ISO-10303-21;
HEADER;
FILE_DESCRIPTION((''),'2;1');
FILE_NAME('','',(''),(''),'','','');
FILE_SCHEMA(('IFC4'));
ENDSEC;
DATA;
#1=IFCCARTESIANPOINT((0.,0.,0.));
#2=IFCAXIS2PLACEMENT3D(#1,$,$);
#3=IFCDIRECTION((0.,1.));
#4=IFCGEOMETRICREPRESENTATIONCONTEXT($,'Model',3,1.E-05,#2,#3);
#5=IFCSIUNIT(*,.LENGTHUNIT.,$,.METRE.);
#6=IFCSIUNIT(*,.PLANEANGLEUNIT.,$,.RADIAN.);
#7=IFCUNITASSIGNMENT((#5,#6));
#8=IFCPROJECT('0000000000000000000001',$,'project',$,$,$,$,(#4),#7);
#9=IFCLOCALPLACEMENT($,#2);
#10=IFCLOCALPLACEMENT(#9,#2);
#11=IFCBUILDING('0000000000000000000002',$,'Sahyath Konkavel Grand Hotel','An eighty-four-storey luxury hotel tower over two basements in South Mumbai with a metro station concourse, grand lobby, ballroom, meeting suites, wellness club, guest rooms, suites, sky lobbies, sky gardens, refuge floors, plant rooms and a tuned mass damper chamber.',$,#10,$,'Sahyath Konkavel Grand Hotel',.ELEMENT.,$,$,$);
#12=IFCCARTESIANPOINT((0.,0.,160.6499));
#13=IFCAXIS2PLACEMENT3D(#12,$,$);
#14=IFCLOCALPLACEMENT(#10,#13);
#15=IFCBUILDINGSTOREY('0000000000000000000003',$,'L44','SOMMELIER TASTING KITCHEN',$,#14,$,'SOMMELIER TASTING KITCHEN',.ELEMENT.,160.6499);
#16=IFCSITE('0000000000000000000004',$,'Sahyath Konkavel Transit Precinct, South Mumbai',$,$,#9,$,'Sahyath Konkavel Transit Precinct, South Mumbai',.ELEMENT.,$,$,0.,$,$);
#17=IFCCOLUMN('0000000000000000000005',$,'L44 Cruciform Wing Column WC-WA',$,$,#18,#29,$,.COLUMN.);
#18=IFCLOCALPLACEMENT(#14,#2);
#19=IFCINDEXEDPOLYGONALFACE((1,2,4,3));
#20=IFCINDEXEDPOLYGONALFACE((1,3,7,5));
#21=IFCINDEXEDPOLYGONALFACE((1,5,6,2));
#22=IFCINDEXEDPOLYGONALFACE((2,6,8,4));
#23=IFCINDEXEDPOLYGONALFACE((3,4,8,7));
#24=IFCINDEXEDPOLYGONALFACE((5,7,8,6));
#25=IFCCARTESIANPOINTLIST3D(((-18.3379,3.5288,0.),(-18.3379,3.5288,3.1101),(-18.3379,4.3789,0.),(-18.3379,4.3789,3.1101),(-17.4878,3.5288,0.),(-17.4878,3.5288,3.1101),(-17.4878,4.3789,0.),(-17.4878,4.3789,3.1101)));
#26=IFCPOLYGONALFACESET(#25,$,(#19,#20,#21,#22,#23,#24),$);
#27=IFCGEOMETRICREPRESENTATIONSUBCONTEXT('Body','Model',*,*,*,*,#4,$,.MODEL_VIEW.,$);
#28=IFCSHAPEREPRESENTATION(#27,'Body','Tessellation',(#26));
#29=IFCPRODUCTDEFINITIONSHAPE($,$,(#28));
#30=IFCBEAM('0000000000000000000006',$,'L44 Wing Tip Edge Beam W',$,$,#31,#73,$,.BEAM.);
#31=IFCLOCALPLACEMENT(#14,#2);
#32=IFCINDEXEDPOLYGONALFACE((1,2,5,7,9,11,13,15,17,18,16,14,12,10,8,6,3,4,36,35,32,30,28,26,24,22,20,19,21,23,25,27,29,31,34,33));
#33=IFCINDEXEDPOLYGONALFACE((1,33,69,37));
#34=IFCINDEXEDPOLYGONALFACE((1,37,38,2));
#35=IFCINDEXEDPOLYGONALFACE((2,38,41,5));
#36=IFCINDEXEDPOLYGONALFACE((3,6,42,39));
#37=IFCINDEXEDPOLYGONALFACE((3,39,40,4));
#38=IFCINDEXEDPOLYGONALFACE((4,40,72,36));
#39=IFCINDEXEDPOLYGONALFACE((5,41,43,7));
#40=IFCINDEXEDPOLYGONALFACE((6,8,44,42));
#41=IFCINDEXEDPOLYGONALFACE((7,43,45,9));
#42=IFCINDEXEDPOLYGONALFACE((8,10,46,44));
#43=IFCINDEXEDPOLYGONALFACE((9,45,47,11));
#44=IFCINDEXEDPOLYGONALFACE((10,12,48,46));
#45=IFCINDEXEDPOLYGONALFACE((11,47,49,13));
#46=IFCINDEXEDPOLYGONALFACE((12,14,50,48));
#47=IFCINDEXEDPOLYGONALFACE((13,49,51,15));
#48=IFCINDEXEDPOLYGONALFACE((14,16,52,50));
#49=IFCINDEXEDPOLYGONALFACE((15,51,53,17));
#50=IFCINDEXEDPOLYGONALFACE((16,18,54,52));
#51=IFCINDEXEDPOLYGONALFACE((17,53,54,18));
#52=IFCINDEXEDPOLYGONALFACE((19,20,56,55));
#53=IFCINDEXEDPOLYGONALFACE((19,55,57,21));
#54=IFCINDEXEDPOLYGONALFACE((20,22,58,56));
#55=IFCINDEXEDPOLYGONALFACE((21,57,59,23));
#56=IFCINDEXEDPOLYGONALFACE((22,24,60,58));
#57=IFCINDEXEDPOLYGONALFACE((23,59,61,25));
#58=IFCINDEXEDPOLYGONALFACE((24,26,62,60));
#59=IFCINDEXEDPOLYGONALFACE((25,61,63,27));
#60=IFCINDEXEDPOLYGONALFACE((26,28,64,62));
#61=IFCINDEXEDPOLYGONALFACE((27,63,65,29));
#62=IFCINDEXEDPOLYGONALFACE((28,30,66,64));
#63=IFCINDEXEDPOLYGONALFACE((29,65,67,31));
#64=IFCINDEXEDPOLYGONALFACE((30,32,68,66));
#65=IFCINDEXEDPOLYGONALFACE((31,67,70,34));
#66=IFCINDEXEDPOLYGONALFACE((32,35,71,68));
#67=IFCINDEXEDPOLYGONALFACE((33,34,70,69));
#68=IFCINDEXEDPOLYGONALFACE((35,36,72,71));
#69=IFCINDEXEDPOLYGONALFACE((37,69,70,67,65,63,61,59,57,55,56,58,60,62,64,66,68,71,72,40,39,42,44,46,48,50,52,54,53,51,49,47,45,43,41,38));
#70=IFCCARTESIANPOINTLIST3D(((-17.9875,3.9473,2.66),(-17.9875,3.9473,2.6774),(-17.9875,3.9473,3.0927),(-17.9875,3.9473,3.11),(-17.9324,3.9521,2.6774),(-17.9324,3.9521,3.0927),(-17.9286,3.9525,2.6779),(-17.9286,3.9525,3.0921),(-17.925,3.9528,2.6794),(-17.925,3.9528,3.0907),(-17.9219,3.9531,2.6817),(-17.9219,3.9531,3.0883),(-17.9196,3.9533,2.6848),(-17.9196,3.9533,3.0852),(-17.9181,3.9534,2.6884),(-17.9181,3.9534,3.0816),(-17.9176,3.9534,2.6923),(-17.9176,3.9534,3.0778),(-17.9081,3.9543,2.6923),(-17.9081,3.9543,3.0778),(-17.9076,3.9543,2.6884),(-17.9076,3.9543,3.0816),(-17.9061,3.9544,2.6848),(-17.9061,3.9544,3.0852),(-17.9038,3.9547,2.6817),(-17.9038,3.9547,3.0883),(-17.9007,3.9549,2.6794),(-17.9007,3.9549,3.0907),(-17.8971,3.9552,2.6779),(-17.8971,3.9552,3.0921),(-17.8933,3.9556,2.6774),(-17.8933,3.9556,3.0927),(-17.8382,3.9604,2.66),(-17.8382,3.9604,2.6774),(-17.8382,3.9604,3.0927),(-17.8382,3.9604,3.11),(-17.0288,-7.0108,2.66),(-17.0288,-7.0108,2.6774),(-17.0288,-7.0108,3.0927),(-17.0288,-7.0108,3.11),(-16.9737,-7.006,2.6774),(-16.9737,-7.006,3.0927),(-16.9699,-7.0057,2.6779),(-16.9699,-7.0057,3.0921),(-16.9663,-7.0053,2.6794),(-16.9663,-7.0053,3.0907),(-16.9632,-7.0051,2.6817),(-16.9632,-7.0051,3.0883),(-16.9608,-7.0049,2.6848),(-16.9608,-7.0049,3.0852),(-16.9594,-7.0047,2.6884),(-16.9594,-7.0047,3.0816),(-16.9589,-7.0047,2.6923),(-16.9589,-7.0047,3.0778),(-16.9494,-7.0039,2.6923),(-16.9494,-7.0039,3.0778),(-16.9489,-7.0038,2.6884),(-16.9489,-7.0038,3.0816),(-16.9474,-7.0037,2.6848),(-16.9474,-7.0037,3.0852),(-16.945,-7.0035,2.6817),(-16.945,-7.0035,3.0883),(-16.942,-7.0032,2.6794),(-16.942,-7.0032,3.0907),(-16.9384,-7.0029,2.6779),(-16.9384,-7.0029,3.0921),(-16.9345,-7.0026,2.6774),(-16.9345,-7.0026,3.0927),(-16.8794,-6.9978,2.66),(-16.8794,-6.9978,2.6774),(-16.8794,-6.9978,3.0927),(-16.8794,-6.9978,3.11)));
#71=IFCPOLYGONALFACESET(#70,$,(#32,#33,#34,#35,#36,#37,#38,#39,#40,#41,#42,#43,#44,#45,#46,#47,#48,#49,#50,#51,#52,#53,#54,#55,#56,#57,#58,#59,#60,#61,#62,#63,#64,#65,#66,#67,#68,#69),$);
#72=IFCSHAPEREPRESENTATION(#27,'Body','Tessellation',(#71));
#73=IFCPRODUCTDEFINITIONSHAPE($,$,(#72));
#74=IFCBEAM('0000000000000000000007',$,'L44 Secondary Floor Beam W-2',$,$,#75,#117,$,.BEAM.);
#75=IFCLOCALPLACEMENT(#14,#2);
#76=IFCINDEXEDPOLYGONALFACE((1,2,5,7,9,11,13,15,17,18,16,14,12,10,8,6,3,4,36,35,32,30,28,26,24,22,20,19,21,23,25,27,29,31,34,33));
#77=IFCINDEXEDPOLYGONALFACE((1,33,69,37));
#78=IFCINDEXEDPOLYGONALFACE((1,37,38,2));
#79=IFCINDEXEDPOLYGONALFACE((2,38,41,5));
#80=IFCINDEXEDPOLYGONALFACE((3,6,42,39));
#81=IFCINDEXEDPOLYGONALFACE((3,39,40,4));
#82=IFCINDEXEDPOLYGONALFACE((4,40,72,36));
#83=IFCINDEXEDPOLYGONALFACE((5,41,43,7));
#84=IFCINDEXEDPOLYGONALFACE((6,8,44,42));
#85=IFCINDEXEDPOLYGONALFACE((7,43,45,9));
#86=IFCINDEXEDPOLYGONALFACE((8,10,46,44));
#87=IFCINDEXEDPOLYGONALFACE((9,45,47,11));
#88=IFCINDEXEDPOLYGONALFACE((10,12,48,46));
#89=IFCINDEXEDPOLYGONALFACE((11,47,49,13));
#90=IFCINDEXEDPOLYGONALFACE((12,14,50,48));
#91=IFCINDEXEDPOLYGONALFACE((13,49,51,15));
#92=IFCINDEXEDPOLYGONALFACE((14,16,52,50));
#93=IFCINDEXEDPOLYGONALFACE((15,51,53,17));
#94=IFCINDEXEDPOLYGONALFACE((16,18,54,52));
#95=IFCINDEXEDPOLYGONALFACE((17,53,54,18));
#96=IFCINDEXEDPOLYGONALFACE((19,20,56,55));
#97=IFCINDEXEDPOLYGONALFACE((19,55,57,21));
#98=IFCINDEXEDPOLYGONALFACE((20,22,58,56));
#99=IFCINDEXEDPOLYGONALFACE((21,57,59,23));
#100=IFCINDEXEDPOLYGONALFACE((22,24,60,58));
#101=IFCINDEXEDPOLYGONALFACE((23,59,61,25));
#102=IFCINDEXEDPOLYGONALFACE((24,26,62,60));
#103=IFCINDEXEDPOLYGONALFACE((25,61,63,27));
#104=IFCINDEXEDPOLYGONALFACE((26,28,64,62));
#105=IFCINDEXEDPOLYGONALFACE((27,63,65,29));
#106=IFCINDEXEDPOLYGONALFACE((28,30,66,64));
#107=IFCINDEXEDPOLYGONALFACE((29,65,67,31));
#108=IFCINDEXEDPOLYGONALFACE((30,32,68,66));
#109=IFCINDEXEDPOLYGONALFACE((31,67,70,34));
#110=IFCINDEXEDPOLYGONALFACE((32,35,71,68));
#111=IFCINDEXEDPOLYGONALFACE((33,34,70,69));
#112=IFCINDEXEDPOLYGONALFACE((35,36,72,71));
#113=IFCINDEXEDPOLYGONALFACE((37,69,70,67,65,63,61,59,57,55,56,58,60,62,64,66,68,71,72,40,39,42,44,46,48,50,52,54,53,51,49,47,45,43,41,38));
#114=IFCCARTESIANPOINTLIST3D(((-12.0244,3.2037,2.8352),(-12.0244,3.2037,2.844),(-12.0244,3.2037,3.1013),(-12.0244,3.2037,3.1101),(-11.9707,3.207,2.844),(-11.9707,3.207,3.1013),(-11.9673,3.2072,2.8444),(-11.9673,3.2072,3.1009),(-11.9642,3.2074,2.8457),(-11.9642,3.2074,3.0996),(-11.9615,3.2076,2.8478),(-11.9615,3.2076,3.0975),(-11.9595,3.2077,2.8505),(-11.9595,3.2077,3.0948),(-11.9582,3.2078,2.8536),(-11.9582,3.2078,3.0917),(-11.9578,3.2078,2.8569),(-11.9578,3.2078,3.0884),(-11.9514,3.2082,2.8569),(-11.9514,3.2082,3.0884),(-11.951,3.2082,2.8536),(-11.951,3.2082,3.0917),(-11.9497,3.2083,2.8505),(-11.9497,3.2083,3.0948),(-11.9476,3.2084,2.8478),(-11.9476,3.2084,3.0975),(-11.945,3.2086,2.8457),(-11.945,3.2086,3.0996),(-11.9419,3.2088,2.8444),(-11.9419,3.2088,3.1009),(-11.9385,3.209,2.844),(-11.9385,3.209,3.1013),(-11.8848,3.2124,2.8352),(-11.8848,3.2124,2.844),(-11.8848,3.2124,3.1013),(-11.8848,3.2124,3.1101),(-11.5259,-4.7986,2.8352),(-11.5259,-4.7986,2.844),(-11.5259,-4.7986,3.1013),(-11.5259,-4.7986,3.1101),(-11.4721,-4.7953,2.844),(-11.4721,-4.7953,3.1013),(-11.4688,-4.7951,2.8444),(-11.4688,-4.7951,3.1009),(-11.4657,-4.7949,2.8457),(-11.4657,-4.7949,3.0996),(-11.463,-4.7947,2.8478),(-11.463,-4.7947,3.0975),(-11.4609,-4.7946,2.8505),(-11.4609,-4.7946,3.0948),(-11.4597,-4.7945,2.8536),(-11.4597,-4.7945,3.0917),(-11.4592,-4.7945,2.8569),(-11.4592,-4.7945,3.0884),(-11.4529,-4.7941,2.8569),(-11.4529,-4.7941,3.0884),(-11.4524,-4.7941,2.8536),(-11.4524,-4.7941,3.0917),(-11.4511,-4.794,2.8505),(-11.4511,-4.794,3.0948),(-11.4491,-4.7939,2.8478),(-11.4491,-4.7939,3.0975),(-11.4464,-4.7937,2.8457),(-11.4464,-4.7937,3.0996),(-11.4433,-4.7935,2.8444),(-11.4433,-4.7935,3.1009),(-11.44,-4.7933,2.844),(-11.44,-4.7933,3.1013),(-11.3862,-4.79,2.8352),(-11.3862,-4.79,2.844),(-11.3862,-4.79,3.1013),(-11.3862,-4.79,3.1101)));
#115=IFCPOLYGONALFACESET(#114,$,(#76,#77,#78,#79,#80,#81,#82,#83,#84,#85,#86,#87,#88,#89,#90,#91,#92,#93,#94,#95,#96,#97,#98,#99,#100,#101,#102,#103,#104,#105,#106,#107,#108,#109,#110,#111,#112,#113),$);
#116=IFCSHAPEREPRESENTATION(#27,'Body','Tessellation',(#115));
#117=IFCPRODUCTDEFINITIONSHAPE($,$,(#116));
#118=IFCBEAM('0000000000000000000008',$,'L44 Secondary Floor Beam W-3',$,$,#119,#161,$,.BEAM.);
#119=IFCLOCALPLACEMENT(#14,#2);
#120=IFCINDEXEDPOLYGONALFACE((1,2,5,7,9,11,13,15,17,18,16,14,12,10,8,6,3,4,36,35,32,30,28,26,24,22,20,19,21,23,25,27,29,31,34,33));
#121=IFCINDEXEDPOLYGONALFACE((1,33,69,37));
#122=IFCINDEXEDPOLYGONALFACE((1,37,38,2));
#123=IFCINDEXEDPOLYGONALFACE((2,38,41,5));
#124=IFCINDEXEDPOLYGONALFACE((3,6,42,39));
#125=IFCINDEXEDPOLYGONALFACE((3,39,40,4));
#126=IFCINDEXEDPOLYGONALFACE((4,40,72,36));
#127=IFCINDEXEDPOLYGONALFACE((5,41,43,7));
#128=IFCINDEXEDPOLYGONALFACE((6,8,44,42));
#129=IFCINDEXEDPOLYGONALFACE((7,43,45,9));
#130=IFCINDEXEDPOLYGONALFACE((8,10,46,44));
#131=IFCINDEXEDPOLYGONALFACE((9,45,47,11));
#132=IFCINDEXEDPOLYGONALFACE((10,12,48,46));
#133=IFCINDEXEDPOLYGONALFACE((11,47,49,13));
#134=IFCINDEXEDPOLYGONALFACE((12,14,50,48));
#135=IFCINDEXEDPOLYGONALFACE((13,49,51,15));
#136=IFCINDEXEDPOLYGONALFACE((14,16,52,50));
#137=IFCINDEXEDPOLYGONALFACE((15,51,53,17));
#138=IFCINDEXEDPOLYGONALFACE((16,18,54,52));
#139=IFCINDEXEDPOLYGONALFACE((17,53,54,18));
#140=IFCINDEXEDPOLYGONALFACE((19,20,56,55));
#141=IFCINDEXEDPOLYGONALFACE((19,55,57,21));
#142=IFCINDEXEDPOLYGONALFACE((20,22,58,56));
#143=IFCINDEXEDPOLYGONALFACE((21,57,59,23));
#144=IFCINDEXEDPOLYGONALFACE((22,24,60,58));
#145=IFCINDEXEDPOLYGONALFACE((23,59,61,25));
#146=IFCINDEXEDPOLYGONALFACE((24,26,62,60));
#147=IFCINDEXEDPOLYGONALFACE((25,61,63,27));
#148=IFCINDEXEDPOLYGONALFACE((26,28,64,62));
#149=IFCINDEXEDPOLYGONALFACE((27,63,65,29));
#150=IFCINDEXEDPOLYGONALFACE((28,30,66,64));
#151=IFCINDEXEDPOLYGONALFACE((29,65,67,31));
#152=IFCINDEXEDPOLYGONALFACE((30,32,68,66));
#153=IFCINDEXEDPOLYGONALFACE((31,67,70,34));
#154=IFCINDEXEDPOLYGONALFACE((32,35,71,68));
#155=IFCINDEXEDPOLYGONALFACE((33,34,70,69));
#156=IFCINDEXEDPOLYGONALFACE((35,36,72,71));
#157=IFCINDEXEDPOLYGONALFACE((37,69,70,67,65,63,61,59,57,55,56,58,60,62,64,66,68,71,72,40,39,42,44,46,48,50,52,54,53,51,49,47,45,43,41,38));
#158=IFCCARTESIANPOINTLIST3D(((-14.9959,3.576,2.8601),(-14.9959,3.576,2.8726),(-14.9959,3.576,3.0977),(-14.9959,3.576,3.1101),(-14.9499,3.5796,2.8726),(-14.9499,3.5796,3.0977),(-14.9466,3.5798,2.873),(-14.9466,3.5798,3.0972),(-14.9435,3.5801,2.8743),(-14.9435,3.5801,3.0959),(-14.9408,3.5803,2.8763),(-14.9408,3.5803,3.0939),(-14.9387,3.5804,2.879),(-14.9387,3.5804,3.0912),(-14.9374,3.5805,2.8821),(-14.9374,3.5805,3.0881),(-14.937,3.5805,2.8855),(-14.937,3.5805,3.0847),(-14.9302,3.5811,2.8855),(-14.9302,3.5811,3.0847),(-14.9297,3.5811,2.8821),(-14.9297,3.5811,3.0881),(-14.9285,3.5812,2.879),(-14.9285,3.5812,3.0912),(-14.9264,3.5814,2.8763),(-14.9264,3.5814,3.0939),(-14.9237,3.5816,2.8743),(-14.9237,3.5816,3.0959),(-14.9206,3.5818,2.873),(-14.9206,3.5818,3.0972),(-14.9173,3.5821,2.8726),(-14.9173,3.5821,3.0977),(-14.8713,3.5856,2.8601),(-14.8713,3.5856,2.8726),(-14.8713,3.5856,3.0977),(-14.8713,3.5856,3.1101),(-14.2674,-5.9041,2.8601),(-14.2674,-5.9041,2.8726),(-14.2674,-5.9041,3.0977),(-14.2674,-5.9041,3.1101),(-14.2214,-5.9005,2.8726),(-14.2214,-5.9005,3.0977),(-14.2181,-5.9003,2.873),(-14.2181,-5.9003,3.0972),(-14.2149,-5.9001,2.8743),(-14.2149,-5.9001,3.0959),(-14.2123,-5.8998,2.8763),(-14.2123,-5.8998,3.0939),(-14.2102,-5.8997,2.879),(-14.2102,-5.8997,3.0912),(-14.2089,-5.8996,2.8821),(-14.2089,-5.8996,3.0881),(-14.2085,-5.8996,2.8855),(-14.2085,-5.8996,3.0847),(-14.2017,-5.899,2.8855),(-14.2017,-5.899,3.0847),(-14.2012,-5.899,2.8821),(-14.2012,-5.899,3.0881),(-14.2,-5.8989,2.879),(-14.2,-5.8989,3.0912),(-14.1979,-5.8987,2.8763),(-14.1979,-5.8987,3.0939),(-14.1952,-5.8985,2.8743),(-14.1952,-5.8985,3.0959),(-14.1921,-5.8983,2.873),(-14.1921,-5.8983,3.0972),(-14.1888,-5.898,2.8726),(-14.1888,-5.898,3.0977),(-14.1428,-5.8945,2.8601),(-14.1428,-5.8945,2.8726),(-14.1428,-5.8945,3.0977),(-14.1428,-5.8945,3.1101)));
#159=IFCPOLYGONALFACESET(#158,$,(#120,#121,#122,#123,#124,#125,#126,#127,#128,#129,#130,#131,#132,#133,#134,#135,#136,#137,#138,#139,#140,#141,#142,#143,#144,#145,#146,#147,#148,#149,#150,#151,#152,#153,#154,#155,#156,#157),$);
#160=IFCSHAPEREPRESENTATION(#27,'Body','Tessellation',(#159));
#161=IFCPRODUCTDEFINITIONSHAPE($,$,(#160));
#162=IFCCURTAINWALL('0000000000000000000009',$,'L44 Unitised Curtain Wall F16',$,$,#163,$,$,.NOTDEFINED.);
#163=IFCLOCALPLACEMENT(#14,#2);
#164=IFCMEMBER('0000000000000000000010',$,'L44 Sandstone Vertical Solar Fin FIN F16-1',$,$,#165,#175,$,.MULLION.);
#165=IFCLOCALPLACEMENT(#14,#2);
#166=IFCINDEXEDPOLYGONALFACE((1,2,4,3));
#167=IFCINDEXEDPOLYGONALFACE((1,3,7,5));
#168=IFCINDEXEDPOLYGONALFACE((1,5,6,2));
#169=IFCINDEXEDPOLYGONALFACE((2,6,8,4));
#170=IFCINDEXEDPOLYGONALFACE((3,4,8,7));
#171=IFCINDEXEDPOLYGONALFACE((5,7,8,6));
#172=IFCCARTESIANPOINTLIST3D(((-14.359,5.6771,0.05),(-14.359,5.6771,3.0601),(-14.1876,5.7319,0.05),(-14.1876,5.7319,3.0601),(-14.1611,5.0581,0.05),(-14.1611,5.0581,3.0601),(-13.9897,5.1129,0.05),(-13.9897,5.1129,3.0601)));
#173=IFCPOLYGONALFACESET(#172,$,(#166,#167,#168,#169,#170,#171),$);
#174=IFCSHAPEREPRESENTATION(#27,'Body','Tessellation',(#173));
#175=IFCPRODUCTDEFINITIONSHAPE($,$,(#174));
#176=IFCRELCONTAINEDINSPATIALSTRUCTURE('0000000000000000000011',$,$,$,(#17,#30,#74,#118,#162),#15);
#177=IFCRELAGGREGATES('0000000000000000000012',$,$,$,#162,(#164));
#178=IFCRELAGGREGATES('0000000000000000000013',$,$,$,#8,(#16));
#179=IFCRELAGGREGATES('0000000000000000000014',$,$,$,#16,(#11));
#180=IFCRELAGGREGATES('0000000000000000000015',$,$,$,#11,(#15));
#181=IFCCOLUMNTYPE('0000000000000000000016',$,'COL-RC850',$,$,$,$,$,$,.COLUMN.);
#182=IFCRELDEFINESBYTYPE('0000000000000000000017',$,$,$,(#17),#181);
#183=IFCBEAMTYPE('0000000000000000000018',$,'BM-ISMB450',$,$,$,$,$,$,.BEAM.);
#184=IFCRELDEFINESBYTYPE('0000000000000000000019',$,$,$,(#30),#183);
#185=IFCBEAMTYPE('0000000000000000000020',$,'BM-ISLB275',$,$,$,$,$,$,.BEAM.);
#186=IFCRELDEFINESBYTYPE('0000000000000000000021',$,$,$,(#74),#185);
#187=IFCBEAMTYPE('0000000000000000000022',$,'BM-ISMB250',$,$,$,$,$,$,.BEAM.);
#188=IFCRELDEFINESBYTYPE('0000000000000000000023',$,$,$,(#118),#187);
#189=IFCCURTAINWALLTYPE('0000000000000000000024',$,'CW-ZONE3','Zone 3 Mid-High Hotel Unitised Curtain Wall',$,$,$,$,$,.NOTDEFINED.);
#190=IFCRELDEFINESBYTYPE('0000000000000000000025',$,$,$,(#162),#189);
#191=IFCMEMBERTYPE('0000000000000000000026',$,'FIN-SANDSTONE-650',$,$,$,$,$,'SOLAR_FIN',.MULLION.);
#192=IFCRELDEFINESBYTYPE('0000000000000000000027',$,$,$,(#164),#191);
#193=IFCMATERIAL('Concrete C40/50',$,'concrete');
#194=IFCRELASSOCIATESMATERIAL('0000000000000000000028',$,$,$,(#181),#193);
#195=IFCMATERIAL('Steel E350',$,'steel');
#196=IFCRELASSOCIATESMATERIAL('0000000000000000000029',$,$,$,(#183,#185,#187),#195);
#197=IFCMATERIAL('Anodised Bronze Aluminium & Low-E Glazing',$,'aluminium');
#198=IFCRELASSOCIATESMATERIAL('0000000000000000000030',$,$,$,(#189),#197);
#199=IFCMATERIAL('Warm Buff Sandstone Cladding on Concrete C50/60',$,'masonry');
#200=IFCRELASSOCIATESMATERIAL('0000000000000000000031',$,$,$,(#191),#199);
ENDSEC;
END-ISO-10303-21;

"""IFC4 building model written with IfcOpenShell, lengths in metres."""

from ifc_helpers import new_model, si_unit, direction, frame, origin, origin_2d, place, context, subcontext, project, spatial, rectangle, i_section, extrude, source, transform, mapped, material, material_profile, profile_set, type_object, element, aggregate, save


model = new_model("IFC4")

# Units and contexts
model_context = context("Model", 3, precision=1e-05, world=origin(), true_north=direction((0.0, 1.0)))
body_context = subcontext(model_context, "Body", "Model", "MODEL_VIEW")
ifc_project = project(units=[si_unit("LENGTHUNIT", "METRE"), si_unit("PLANEANGLEUNIT", "RADIAN")], contexts=[model_context])

# Site, building, storey
site_placement = place(None, origin())
site = spatial("IfcSite", under=ifc_project, at=site_placement, Name="Sahyath Konkavel Transit Precinct, South Mumbai", LongName="Sahyath Konkavel Transit Precinct, South Mumbai", CompositionType="ELEMENT", RefElevation=0.0)
building_placement = place(site_placement, origin())
building = spatial("IfcBuilding", under=site, at=building_placement, Name="Sahyath Konkavel Grand Hotel", Description="An eighty-four-storey luxury hotel tower over two basements in South Mumbai with a metro station concourse, grand lobby, ballroom, meeting suites, wellness club, guest rooms, suites, sky lobbies, sky gardens, refuge floors, plant rooms and a tuned mass damper chamber.", LongName="Sahyath Konkavel Grand Hotel", CompositionType="ELEMENT")
storey_placement = place(building_placement, frame((0.0, 0.0, 160.6499)))
storey = spatial("IfcBuildingStorey", under=building, at=storey_placement, Name="L44", Description="SOMMELIER TASTING KITCHEN", LongName="SOMMELIER TASTING KITCHEN", CompositionType="ELEMENT", Elevation=160.6499)

# Column
ifc_material_1 = material(Name="Concrete C40/50", Category="concrete")
ifc_material_profile_1 = material_profile(ifc_material_1, rectangle(XDim=0.8501, YDim=0.8501, at=origin_2d()), Name="RC 850x850")
ifc_profile_set_1 = profile_set([ifc_material_profile_1], Name="Concrete C40/50")
column_type = type_object("IfcColumnType", Name="COL-RC850", PredefinedType="COLUMN", material=ifc_profile_set_1)
shared_shape_1 = source(origin(), body_context, "Body", "SweptSolid", [
    extrude(rectangle(XDim=0.8501, YDim=0.8501, at=origin_2d()), origin(), (0.0, 0.0, 1.0), 3.1101),
])
column_placement = place(storey_placement, frame((-17.9128, 3.9539, 0.0), z_axis=(0.0, 0.0, 1.0), x_axis=(1.0, 0.0, 0.0)))
element("IfcColumn", 1, at=column_placement, inside=storey, type_object=column_type, Name="L44 Cruciform Wing Column WC-WA", PredefinedType="COLUMN", context=body_context, shape_type="MappedRepresentation", body=[
    mapped(shared_shape_1, transform((0.0, 0.0, 0.0), scale=1.0)),
])

# Beams
ifc_material_2 = material(Name="Steel E350", Category="steel")
ifc_material_profile_2 = material_profile(ifc_material_2, i_section(OverallWidth=0.1499, OverallDepth=0.45, WebThickness=0.0095, FlangeThickness=0.0173, FilletRadius=0.0149, at=origin_2d()), Name="ISMB 450")
ifc_profile_set_2 = profile_set([ifc_material_profile_2], Name="Steel E350")
beam_type_1 = type_object("IfcBeamType", Name="BM-ISMB450", PredefinedType="BEAM", material=ifc_profile_set_2)
shared_shape_2 = source(origin(), body_context, "Body", "SweptSolid", [
    extrude(i_section(OverallWidth=0.1499, OverallDepth=0.45, WebThickness=0.0095, FlangeThickness=0.0173, FilletRadius=0.0149, at=origin_2d()), origin(), (0.0, 0.0, 1.0), 11.0),
])
beam_1_placement = place(storey_placement, frame((-17.9128, 3.9539, 2.885), z_axis=(0.087157, -0.996195, 0.0), x_axis=(0.996195, 0.087157, 0.0)))
element("IfcBeam", 2, at=beam_1_placement, inside=storey, type_object=beam_type_1, Name="L44 Wing Tip Edge Beam W", PredefinedType="BEAM", context=body_context, shape_type="MappedRepresentation", body=[
    mapped(shared_shape_2, transform((0.0, 0.0, 0.0), scale=1.0)),
])
ifc_material_profile_3 = material_profile(ifc_material_2, i_section(OverallWidth=0.1399, OverallDepth=0.2749, WebThickness=0.0063, FlangeThickness=0.0088, FilletRadius=0.0129, at=origin_2d()), Name="ISLB 275")
ifc_profile_set_3 = profile_set([ifc_material_profile_3], Name="Steel E350")
beam_type_2 = type_object("IfcBeamType", Name="BM-ISLB275", PredefinedType="BEAM", material=ifc_profile_set_3)
shared_shape_3 = source(origin(), body_context, "Body", "SweptSolid", [
    extrude(i_section(OverallWidth=0.1399, OverallDepth=0.2749, WebThickness=0.0063, FlangeThickness=0.0088, FilletRadius=0.0129, at=origin_2d()), origin(), (0.0, 0.0, 1.0), 8.0178),
])
beam_2_placement = place(storey_placement, frame((-11.9546, 3.208, 2.9727), z_axis=(0.062179, -0.998065, 0.0), x_axis=(0.998065, 0.062179, 0.0)))
element("IfcBeam", 3, at=beam_2_placement, inside=storey, type_object=beam_type_2, Name="L44 Secondary Floor Beam W-2", PredefinedType="BEAM", context=body_context, shape_type="MappedRepresentation", body=[
    mapped(shared_shape_3, transform((0.0, 0.0, 0.0), scale=1.0)),
])
ifc_material_profile_4 = material_profile(ifc_material_2, i_section(OverallWidth=0.125, OverallDepth=0.25, WebThickness=0.0068, FlangeThickness=0.0125, FilletRadius=0.0129, at=origin_2d()), Name="ISMB 250")
ifc_profile_set_4 = profile_set([ifc_material_profile_4], Name="Steel E350")
beam_type_3 = type_object("IfcBeamType", Name="BM-ISMB250", PredefinedType="BEAM", material=ifc_profile_set_4)
shared_shape_4 = source(origin(), body_context, "Body", "SweptSolid", [
    extrude(i_section(OverallWidth=0.125, OverallDepth=0.25, WebThickness=0.0068, FlangeThickness=0.0125, FilletRadius=0.0129, at=origin_2d()), origin(), (0.0, 0.0, 1.0), 9.5081),
])
beam_3_placement = place(storey_placement, frame((-14.9336, 3.5808, 2.9851), z_axis=(0.07662, -0.99706, 0.0), x_axis=(0.99706, 0.07662, 0.0)))
element("IfcBeam", 4, at=beam_3_placement, inside=storey, type_object=beam_type_3, Name="L44 Secondary Floor Beam W-3", PredefinedType="BEAM", context=body_context, shape_type="MappedRepresentation", body=[
    mapped(shared_shape_4, transform((0.0, 0.0, 0.0), scale=1.0)),
])

# Curtain wall, member
ifc_material_3 = material(Name="Anodised Bronze Aluminium & Low-E Glazing", Category="aluminium")
curtain_wall_type = type_object("IfcCurtainWallType", Name="CW-ZONE3", Description="Zone 3 Mid-High Hotel Unitised Curtain Wall", PredefinedType="NOTDEFINED", material=ifc_material_3)
curtain_wall_1_placement = place(storey_placement, origin())
curtain_wall_1 = element("IfcCurtainWall", 5, at=curtain_wall_1_placement, inside=storey, type_object=curtain_wall_type, Name="L44 Unitised Curtain Wall F16", PredefinedType="NOTDEFINED")
ifc_material_4 = material(Name="Warm Buff Sandstone Cladding on Concrete C50/60", Category="masonry")
ifc_material_profile_5 = material_profile(ifc_material_4, rectangle(XDim=0.1799, YDim=0.6499, at=origin_2d()), Name="FIN 180x650")
ifc_profile_set_5 = profile_set([ifc_material_profile_5], Name="Warm Buff Sandstone Cladding on Concrete C50/60")
member_type_1 = type_object("IfcMemberType", Name="FIN-SANDSTONE-650", ElementType="SOLAR_FIN", PredefinedType="MULLION", material=ifc_profile_set_5)
shared_shape_5 = source(origin(), body_context, "Body", "SweptSolid", [
    extrude(rectangle(XDim=0.1799, YDim=0.6499, at=origin_2d()), origin(), (0.0, 0.0, 1.0), 3.01),
])
member_1_placement = place(storey_placement, frame((-14.1743, 5.395, 0.05), z_axis=(0.0, 0.0, 1.0), x_axis=(0.952502, 0.304532, 0.0)))
member_1 = element("IfcMember", 6, at=member_1_placement, type_object=member_type_1, Name="L44 Sandstone Vertical Solar Fin FIN F16-1", PredefinedType="MULLION", context=body_context, shape_type="MappedRepresentation", body=[
    mapped(shared_shape_5, transform((0.0, 0.0, 0.0), scale=1.0)),
])

aggregate(curtain_wall_1, [member_1])

save(model, "model.ifc")
